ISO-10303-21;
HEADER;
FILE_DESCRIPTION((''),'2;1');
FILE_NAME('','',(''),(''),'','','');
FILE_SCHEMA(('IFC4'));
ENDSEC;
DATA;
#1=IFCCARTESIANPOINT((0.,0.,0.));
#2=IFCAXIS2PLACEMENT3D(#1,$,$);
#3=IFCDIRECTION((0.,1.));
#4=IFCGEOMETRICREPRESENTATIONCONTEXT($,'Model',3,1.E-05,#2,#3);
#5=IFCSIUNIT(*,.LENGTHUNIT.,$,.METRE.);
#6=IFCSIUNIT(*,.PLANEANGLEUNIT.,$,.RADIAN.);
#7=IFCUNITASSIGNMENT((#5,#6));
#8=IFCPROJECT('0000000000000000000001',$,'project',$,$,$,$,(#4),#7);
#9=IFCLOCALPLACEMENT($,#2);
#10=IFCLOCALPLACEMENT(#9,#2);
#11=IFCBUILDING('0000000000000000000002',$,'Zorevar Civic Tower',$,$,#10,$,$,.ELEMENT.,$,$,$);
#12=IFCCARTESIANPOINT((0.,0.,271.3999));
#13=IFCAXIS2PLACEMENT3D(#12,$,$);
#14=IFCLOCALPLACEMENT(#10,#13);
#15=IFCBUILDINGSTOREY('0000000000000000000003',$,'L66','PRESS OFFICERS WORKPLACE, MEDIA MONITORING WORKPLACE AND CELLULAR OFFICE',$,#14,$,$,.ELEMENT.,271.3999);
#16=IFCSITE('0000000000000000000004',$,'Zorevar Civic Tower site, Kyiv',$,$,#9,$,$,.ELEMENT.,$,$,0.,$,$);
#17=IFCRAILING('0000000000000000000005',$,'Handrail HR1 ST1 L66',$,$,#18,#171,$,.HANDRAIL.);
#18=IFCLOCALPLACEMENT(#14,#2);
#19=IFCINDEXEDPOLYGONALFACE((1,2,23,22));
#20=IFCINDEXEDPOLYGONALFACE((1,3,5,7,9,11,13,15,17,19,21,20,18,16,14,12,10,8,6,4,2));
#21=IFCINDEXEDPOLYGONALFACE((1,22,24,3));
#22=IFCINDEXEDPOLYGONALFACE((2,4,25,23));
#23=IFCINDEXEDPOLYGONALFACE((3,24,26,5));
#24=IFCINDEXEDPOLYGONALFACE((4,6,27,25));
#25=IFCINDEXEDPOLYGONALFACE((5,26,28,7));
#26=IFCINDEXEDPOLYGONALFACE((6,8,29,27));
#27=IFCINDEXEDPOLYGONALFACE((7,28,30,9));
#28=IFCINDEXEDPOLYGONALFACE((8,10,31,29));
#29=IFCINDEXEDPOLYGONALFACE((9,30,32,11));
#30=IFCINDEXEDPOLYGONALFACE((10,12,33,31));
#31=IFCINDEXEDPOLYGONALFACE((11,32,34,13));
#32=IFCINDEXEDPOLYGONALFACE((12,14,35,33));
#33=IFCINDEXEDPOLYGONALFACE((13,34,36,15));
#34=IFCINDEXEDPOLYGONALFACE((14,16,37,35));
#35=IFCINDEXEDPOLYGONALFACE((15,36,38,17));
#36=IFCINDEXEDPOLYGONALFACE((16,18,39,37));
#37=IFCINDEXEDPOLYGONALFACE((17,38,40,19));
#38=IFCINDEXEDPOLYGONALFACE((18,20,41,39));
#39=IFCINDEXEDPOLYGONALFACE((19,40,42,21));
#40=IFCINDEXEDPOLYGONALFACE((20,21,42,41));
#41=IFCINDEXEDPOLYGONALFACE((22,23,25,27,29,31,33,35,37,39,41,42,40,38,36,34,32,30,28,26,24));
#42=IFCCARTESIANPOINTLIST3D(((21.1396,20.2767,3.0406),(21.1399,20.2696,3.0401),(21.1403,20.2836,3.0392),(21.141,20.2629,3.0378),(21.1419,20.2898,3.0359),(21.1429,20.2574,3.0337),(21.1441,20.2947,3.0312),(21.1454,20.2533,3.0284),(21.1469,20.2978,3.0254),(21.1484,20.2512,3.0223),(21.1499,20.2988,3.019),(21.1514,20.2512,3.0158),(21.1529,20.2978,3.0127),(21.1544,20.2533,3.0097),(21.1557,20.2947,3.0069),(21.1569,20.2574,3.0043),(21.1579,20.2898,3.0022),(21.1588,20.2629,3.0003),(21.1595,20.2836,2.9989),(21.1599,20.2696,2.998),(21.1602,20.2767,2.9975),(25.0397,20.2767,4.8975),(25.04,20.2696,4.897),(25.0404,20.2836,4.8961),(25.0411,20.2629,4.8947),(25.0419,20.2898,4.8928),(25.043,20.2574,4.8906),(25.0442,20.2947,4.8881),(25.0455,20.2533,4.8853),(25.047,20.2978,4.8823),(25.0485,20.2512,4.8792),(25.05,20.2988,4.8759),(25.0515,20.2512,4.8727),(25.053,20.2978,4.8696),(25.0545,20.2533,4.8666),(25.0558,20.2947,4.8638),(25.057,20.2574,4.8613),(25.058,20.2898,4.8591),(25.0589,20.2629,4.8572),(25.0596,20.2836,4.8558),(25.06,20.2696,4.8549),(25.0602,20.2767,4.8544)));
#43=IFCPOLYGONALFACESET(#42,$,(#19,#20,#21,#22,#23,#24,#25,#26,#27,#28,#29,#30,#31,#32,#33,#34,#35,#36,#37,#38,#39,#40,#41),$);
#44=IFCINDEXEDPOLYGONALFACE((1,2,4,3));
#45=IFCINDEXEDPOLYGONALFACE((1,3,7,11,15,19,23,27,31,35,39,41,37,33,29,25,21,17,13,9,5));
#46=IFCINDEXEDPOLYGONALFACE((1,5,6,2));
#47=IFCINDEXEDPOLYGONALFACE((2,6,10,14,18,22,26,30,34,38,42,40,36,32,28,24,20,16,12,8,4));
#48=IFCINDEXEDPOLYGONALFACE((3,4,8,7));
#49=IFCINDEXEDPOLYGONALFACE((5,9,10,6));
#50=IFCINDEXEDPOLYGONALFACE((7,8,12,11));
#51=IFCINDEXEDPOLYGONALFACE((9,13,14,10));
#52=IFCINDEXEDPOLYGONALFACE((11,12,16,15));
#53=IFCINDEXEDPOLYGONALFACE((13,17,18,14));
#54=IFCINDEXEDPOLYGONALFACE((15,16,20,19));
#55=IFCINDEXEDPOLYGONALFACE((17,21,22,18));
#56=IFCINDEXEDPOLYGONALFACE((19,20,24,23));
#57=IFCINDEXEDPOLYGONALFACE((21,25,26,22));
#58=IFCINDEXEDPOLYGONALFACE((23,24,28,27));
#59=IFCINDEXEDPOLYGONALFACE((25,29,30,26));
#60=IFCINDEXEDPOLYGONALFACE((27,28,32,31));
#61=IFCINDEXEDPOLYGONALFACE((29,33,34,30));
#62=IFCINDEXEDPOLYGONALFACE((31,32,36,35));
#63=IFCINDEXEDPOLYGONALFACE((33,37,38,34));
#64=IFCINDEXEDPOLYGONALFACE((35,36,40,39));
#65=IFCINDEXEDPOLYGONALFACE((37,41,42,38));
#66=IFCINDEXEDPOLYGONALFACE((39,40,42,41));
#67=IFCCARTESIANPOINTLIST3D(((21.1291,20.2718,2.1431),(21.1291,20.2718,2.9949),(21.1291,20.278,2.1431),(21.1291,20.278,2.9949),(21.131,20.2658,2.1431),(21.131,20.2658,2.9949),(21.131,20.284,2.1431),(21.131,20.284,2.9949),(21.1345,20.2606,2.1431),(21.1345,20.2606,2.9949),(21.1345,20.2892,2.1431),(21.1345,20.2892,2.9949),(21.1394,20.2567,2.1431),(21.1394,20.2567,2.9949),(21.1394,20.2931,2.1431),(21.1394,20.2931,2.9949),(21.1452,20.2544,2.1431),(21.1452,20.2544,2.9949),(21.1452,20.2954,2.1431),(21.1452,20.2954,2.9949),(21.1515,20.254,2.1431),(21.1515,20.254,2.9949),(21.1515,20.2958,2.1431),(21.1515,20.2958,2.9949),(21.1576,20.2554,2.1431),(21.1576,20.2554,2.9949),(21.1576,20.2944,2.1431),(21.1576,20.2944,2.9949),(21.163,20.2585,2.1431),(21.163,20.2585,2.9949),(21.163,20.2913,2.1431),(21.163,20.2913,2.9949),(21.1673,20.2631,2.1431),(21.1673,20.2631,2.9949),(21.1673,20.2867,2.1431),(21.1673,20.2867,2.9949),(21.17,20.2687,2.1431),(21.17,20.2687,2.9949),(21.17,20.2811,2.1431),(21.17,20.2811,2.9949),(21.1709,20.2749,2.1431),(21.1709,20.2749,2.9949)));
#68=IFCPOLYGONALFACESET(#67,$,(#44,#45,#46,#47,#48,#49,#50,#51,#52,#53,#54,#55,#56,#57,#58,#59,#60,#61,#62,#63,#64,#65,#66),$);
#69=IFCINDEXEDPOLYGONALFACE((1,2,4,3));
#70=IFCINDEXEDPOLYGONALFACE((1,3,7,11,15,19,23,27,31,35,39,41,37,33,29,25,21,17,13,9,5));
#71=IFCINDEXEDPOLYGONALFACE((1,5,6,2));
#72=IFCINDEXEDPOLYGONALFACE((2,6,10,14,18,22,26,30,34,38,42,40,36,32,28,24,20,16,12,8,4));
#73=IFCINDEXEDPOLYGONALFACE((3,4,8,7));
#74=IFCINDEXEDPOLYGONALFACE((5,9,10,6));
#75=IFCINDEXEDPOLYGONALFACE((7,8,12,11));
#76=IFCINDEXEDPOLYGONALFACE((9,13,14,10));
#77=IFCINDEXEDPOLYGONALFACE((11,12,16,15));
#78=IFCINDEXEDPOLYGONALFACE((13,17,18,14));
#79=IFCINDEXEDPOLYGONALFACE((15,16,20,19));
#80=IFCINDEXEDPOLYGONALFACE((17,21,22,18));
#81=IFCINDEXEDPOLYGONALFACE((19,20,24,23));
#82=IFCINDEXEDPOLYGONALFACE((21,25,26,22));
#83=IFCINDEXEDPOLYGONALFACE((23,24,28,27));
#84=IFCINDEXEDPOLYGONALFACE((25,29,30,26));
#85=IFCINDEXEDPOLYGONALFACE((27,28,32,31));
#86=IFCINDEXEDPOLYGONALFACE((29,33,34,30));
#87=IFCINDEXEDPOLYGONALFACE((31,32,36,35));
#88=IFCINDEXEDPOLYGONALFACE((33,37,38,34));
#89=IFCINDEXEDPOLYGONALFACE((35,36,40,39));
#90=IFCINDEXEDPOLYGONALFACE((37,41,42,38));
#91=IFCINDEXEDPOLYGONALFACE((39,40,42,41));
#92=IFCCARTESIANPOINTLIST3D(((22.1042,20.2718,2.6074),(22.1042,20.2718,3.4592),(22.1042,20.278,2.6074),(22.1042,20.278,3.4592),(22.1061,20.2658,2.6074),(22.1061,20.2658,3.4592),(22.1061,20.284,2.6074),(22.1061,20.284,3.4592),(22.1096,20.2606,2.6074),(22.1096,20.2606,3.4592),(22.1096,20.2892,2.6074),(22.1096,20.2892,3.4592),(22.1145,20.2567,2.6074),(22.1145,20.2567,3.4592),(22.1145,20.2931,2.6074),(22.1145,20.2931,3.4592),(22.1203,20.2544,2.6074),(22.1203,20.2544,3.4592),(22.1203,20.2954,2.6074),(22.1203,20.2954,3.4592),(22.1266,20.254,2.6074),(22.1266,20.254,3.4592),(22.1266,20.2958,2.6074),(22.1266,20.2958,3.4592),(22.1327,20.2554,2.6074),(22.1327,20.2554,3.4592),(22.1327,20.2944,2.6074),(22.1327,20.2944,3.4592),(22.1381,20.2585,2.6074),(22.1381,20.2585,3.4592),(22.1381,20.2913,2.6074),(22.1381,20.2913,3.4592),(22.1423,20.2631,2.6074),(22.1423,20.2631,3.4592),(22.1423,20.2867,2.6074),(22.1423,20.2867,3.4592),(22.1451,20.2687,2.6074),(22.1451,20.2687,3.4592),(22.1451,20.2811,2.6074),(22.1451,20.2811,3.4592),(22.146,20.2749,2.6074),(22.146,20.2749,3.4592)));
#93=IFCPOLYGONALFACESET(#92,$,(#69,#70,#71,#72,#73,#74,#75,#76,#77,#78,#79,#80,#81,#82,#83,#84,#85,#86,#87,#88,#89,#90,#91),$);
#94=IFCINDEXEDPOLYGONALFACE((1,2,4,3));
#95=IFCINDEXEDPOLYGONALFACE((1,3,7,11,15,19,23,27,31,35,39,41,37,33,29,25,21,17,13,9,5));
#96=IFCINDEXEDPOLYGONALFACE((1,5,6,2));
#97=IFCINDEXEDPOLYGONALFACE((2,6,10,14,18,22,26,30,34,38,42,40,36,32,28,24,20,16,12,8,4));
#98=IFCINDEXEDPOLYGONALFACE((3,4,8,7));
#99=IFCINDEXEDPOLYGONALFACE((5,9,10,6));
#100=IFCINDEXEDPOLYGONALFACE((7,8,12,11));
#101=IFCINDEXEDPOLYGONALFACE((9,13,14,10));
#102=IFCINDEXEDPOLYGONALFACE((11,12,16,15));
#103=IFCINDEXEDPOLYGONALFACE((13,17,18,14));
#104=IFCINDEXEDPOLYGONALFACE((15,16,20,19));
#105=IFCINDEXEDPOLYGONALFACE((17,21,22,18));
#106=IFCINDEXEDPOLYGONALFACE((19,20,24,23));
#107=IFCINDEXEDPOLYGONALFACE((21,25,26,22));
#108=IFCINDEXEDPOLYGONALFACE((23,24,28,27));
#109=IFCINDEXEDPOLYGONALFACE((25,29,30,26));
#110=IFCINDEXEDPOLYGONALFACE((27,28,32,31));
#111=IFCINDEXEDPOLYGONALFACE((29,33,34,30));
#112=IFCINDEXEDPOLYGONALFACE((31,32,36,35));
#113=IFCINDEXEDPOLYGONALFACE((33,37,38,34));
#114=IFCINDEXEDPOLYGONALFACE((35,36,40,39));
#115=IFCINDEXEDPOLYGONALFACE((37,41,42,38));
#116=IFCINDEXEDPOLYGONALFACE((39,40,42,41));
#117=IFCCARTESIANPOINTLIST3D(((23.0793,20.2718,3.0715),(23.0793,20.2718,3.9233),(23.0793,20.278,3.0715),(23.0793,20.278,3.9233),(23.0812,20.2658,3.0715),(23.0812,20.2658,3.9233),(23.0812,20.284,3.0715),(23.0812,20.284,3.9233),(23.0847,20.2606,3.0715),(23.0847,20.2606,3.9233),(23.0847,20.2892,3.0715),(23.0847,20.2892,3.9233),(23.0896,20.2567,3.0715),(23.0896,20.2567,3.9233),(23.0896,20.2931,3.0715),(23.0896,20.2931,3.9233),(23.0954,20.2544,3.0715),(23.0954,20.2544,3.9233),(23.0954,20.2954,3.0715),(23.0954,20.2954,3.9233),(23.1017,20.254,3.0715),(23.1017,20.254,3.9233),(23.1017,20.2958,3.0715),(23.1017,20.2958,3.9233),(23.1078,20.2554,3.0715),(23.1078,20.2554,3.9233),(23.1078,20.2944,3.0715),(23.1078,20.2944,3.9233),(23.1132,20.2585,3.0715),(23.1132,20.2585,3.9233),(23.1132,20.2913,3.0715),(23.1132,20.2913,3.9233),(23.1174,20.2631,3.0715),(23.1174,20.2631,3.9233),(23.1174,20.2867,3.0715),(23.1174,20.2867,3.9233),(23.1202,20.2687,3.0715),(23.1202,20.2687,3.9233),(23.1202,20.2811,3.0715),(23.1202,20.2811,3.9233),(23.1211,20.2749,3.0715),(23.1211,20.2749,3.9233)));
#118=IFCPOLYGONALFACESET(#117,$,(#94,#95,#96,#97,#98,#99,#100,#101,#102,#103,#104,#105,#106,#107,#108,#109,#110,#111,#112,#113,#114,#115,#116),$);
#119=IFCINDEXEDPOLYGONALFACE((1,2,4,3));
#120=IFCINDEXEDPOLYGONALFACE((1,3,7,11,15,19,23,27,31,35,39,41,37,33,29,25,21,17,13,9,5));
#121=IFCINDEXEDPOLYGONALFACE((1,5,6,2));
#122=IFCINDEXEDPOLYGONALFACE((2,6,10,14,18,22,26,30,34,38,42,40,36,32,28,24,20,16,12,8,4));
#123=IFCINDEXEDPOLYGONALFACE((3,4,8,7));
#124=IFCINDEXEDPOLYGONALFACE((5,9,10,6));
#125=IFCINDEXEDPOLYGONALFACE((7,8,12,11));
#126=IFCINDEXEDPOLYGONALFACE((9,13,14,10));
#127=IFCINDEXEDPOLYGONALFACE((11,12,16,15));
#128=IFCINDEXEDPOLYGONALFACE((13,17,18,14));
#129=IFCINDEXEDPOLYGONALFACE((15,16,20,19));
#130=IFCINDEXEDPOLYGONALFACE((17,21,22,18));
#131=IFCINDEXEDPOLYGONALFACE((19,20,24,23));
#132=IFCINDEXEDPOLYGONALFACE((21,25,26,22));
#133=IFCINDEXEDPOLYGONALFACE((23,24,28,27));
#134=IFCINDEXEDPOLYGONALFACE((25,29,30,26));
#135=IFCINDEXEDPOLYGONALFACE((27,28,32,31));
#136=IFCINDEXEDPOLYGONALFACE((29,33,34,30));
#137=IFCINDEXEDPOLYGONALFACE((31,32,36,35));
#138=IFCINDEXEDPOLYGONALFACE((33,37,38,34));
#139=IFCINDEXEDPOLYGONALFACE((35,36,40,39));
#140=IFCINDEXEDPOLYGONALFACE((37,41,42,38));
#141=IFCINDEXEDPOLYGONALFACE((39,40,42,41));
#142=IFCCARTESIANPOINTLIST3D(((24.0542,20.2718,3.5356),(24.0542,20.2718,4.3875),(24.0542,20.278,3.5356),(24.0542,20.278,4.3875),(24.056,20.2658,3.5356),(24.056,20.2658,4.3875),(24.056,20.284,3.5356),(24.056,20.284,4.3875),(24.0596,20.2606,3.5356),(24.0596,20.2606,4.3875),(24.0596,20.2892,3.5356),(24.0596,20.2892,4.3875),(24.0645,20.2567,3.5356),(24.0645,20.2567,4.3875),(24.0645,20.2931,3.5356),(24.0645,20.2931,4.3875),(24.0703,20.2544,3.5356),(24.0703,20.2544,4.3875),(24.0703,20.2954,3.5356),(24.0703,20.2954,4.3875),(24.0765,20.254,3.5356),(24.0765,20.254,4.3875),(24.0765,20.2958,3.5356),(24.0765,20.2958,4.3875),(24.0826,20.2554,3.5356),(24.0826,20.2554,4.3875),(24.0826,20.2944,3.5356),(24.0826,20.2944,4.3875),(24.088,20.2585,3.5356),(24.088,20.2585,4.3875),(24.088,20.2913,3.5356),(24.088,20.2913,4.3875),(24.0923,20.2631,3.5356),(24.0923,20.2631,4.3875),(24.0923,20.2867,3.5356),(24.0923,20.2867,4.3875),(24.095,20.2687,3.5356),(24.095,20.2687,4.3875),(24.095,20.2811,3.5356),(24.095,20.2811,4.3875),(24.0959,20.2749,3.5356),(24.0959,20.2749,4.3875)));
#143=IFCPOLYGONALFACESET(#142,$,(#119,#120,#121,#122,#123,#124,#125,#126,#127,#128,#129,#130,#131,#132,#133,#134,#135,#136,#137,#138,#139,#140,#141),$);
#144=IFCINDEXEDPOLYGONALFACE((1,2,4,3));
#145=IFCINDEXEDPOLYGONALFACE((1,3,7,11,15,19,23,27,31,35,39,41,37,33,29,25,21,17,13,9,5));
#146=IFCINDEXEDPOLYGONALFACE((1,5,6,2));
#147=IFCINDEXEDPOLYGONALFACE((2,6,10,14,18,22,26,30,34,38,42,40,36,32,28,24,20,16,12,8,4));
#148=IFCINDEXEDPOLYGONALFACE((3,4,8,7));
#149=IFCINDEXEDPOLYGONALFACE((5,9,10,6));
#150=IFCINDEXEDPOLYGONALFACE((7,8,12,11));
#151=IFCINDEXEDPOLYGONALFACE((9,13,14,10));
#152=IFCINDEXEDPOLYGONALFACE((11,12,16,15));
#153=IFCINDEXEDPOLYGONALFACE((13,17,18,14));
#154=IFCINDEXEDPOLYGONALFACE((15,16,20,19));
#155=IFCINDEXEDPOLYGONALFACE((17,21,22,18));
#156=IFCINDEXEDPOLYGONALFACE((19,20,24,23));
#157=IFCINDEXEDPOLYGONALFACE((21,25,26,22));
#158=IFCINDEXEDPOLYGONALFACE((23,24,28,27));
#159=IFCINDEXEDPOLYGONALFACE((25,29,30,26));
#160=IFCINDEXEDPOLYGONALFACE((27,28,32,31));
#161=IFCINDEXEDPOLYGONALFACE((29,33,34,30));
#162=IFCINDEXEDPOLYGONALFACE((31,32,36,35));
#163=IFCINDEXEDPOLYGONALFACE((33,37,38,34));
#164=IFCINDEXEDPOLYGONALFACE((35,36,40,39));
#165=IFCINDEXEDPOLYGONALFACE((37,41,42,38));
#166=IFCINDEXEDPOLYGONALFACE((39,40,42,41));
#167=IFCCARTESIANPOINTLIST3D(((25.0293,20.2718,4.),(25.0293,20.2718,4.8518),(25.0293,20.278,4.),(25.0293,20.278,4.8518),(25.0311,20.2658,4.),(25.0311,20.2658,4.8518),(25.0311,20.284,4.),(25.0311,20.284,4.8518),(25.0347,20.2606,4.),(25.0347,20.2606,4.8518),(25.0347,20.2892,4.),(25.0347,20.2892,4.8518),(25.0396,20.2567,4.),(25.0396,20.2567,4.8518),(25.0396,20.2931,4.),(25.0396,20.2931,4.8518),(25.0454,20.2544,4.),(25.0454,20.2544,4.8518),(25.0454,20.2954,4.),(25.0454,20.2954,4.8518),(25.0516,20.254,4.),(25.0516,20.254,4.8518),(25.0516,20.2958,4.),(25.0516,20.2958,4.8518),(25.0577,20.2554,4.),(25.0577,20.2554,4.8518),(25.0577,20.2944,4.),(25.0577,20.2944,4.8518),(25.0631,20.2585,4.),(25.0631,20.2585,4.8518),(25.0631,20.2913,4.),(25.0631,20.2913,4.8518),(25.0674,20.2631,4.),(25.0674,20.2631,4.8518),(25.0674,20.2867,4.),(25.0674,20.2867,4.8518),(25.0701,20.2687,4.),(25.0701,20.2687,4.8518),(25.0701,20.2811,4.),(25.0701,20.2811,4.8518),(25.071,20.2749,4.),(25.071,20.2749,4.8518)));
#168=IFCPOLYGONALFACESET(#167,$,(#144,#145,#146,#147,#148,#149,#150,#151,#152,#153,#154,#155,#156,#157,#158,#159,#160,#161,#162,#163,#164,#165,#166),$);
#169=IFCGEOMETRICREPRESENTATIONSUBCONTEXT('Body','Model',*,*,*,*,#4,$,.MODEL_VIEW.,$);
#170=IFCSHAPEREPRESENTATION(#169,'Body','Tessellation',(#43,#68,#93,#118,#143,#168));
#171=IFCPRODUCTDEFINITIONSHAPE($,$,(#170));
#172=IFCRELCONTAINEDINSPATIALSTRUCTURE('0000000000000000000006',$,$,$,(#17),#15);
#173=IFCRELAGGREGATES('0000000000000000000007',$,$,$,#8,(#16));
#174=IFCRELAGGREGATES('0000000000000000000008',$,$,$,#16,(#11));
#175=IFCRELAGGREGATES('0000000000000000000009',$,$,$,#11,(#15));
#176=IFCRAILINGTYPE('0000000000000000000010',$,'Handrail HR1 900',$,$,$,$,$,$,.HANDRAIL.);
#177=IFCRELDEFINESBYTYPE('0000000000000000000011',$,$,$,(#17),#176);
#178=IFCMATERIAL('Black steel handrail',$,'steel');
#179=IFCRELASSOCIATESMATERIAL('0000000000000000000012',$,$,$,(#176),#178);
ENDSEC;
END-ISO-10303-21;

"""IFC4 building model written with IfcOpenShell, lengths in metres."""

from ifc_helpers import new_model, si_unit, direction, frame, origin, origin_2d, place, context, subcontext, project, spatial, circle, extrude, material, type_object, element, save


model = new_model("IFC4")

# Units and contexts
model_context = context("Model", 3, precision=1e-05, world=origin(), true_north=direction((0.0, 1.0)))
body_context = subcontext(model_context, "Body", "Model", "MODEL_VIEW")
ifc_project = project(units=[si_unit("LENGTHUNIT", "METRE"), si_unit("PLANEANGLEUNIT", "RADIAN")], contexts=[model_context])

# Site, building, storey
site_placement = place(None, origin())
site = spatial("IfcSite", under=ifc_project, at=site_placement, Name="Zorevar Civic Tower site, Kyiv", CompositionType="ELEMENT", RefElevation=0.0)
building_placement = place(site_placement, origin())
building = spatial("IfcBuilding", under=site, at=building_placement, Name="Zorevar Civic Tower", CompositionType="ELEMENT")
storey_placement = place(building_placement, frame((0.0, 0.0, 271.3999)))
storey = spatial("IfcBuildingStorey", under=building, at=storey_placement, Name="L66", Description="PRESS OFFICERS WORKPLACE, MEDIA MONITORING WORKPLACE AND CELLULAR OFFICE", CompositionType="ELEMENT", Elevation=271.3999)

# Railing
ifc_material_1 = material(Name="Black steel handrail", Category="steel")
railing_type = type_object("IfcRailingType", Name="Handrail HR1 900", PredefinedType="HANDRAIL", material=ifc_material_1)
railing_1_placement = place(storey_placement, frame((21.1499, 20.2749, 2.1431)))
element("IfcRailing", 1, at=railing_1_placement, inside=storey, type_object=railing_type, Name="Handrail HR1 ST1 L66", PredefinedType="HANDRAIL", context=body_context, shape_type="SweptSolid", body=[
    extrude(circle(Radius=0.0239, at=origin_2d()), frame((0.0, 0.0, 0.876), z_axis=(0.902886, 0.0, 0.429881), x_axis=(0.0, 1.0, 0.0)), (0.0, 0.0, 1.0), 4.3196),
    extrude(circle(Radius=0.021, at=origin_2d()), origin(), (0.0, 0.0, 1.0), 0.8518),
    extrude(circle(Radius=0.021, at=origin_2d()), frame((0.9751, 0.0, 0.4644)), (0.0, 0.0, 1.0), 0.8518),
    extrude(circle(Radius=0.021, at=origin_2d()), frame((1.9502, 0.0, 0.9285)), (0.0, 0.0, 1.0), 0.8518),
    extrude(circle(Radius=0.021, at=origin_2d()), frame((2.925, 0.0, 1.3926)), (0.0, 0.0, 1.0), 0.8518),
    extrude(circle(Radius=0.021, at=origin_2d()), frame((3.9001, 0.0, 1.8569)), (0.0, 0.0, 1.0), 0.8518),
])

save(model, "model.ifc")
